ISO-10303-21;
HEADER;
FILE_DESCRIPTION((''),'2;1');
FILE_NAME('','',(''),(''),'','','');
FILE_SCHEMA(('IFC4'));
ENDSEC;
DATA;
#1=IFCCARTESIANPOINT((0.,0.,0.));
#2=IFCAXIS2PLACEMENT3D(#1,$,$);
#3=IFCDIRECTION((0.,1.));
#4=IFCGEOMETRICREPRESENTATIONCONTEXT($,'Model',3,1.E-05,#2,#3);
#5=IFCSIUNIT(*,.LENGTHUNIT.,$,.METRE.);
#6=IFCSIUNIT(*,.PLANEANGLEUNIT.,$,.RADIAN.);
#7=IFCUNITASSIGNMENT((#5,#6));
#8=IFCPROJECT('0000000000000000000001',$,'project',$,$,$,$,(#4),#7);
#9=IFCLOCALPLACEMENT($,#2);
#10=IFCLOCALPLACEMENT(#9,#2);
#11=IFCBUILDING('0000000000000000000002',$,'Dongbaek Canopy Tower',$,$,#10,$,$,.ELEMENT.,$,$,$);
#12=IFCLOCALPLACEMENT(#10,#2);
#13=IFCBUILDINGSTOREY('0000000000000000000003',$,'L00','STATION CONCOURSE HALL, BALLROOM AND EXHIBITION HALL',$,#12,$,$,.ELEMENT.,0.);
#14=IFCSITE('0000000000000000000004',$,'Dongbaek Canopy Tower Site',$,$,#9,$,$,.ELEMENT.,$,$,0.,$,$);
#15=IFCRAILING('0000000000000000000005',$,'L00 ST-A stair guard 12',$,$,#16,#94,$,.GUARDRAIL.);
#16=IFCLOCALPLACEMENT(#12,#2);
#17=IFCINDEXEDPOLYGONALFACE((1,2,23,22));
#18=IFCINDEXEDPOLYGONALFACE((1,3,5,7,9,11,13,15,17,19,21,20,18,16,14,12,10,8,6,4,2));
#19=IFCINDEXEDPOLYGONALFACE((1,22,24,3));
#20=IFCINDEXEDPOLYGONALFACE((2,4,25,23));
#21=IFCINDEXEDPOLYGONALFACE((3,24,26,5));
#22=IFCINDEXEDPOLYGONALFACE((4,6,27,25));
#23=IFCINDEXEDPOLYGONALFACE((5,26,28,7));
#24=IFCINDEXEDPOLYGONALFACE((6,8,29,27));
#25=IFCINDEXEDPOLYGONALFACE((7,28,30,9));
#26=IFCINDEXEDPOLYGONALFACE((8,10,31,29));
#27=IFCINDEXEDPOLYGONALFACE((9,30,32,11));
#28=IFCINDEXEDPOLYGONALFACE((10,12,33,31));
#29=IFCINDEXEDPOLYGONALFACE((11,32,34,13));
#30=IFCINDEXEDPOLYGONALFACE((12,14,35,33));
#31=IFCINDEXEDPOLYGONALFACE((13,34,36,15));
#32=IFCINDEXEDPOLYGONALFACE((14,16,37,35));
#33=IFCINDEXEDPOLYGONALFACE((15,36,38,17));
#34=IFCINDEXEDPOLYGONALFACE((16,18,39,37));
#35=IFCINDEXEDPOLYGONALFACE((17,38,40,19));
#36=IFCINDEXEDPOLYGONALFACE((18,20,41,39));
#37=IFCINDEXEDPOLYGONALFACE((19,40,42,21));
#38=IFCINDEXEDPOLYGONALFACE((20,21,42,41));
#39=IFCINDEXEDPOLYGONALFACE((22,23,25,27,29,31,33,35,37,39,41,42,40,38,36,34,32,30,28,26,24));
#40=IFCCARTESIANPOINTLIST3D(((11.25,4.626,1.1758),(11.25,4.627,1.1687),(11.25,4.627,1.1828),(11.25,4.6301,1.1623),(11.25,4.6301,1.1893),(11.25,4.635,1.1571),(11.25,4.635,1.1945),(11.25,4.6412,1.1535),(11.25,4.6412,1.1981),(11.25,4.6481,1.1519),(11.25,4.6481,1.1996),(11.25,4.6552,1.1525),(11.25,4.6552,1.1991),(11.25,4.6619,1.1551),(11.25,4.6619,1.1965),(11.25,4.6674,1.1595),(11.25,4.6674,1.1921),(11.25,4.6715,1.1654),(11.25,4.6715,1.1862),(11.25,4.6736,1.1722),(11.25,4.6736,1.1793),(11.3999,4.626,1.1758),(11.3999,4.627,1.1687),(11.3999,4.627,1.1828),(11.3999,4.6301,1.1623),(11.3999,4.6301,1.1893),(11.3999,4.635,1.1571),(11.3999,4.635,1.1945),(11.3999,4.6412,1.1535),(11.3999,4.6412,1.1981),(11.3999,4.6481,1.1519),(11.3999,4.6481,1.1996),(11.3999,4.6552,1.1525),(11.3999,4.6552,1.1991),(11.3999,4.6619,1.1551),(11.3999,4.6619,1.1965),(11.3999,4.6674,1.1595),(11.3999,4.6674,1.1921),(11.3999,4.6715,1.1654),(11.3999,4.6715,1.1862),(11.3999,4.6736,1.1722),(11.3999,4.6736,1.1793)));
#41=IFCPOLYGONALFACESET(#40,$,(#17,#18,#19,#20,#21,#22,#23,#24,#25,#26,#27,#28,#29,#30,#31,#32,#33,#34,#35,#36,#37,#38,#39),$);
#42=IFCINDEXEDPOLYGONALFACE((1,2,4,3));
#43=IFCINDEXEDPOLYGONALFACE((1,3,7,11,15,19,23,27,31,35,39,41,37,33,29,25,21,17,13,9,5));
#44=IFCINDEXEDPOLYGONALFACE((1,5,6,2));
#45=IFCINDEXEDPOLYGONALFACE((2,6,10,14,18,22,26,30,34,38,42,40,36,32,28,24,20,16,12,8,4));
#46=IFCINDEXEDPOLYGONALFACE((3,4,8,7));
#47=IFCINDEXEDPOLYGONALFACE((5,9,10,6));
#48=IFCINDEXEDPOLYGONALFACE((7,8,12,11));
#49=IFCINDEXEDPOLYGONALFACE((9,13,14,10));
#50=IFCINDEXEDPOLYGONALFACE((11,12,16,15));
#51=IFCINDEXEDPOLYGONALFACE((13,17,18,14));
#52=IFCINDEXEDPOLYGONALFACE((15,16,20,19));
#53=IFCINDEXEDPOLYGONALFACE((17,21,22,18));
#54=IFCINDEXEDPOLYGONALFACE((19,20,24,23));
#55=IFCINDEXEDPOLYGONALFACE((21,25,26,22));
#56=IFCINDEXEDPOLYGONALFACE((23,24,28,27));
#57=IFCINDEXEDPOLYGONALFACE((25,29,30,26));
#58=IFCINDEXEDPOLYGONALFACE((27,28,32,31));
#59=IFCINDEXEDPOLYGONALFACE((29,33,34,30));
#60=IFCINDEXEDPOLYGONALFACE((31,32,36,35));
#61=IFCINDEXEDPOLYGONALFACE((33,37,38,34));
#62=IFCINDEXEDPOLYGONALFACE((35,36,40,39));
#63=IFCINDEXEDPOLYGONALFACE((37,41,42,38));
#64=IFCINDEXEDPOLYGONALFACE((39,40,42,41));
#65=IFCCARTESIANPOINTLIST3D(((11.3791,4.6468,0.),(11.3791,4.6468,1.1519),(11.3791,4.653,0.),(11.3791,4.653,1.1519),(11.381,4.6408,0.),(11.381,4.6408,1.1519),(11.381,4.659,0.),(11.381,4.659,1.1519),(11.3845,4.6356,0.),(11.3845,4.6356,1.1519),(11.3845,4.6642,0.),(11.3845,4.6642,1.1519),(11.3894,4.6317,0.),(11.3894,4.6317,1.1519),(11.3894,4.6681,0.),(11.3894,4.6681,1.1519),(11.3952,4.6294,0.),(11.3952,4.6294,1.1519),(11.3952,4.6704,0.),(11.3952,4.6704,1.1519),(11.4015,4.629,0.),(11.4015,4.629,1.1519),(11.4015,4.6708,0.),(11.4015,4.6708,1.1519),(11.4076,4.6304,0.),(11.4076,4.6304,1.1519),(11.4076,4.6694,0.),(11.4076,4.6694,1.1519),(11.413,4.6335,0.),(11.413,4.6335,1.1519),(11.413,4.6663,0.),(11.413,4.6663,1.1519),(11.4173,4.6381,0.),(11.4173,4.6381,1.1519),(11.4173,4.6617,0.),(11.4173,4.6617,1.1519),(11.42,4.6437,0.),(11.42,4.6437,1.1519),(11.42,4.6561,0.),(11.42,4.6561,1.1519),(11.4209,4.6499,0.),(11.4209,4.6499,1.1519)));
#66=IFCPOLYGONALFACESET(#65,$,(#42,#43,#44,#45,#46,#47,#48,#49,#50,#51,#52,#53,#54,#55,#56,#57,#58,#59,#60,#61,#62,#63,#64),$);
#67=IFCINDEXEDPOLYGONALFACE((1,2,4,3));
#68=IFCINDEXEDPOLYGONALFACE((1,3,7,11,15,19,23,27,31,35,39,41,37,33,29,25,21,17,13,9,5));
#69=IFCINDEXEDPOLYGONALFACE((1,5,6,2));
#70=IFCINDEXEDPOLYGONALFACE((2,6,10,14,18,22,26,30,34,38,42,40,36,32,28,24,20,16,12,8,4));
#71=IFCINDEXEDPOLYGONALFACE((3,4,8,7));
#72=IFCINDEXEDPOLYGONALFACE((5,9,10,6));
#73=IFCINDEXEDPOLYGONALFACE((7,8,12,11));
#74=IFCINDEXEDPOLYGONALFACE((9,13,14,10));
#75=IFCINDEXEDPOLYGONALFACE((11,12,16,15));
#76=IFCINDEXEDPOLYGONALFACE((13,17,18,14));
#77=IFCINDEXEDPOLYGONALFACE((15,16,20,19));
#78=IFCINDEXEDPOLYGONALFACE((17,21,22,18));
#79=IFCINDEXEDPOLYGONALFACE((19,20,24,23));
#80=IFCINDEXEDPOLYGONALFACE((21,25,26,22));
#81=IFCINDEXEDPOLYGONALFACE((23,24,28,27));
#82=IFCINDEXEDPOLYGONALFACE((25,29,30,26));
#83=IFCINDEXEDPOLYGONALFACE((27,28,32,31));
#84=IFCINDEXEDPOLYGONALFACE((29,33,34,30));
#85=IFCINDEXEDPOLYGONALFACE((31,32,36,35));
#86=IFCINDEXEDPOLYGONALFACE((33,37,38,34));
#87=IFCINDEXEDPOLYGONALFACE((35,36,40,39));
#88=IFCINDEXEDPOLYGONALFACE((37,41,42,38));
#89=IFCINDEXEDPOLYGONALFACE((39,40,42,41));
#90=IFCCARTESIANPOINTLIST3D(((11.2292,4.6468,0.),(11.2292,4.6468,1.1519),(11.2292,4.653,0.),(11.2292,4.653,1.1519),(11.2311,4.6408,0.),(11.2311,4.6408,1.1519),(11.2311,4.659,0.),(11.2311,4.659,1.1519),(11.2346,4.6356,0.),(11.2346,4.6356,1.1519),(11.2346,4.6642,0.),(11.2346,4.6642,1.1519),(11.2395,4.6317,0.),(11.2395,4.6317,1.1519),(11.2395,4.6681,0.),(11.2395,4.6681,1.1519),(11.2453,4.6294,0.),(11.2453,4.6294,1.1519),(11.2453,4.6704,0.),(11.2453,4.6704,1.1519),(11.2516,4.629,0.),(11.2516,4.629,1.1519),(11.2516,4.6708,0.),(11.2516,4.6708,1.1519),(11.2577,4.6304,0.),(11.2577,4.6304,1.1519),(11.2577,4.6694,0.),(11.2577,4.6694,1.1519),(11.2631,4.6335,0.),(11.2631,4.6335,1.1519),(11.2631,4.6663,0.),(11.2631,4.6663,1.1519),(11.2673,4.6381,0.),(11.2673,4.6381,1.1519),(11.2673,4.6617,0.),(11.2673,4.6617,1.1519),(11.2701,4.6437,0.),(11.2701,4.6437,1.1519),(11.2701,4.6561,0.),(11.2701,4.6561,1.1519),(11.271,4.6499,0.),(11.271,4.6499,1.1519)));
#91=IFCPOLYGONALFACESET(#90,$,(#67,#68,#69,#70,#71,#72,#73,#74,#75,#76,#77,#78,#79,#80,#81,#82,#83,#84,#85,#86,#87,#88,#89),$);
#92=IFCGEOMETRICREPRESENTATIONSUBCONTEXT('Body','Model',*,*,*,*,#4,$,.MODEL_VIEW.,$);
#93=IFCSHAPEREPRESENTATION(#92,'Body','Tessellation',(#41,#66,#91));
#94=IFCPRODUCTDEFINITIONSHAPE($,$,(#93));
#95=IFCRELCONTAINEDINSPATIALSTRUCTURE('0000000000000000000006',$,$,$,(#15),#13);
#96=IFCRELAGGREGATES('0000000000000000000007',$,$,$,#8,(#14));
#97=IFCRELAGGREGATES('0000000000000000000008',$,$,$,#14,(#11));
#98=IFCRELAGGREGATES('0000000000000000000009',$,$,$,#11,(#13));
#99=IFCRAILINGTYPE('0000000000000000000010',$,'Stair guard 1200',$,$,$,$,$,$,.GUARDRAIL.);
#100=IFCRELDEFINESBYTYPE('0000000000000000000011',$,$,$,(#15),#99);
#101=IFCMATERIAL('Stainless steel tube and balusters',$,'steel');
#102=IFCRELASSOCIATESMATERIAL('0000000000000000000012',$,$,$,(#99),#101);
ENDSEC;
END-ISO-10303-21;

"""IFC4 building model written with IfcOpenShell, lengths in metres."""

from ifc_helpers import new_model, si_unit, direction, frame, origin, origin_2d, place, context, subcontext, project, spatial, circle, extrude, material, type_object, element, save


model = new_model("IFC4")

# Units and contexts
model_context = context("Model", 3, precision=1e-05, world=origin(), true_north=direction((0.0, 1.0)))
body_context = subcontext(model_context, "Body", "Model", "MODEL_VIEW")
ifc_project = project(units=[si_unit("LENGTHUNIT", "METRE"), si_unit("PLANEANGLEUNIT", "RADIAN")], contexts=[model_context])

# Site, building, storey
site_placement = place(None, origin())
site = spatial("IfcSite", under=ifc_project, at=site_placement, Name="Dongbaek Canopy Tower Site", CompositionType="ELEMENT", RefElevation=0.0)
building_placement = place(site_placement, origin())
building = spatial("IfcBuilding", under=site, at=building_placement, Name="Dongbaek Canopy Tower", CompositionType="ELEMENT")
storey_placement = place(building_placement, origin())
storey = spatial("IfcBuildingStorey", under=building, at=storey_placement, Name="L00", Description="STATION CONCOURSE HALL, BALLROOM AND EXHIBITION HALL", CompositionType="ELEMENT", Elevation=0.0)

# Railing
ifc_material_1 = material(Name="Stainless steel tube and balusters", Category="steel")
railing_type_1 = type_object("IfcRailingType", Name="Stair guard 1200", PredefinedType="GUARDRAIL", material=ifc_material_1)
railing_1_placement = place(storey_placement, frame((11.3999, 4.6499, 0.0)))
element("IfcRailing", 1, at=railing_1_placement, inside=storey, type_object=railing_type_1, Name="L00 ST-A stair guard 12", PredefinedType="GUARDRAIL", context=body_context, shape_type="SweptSolid", body=[
    extrude(circle(Radius=0.0239, at=origin_2d()), frame((0.0, 0.0, 1.1758), z_axis=(-1.0, 0.0, 0.0), x_axis=(0.0, -1.0, 0.0)), (0.0, 0.0, 1.0), 0.1499),
    extrude(circle(Radius=0.021, at=origin_2d()), origin(), (0.0, 0.0, 1.0), 1.1519),
    extrude(circle(Radius=0.021, at=origin_2d()), frame((-0.1499, 0.0, 0.0)), (0.0, 0.0, 1.0), 1.1519),
])

save(model, "model.ifc")
